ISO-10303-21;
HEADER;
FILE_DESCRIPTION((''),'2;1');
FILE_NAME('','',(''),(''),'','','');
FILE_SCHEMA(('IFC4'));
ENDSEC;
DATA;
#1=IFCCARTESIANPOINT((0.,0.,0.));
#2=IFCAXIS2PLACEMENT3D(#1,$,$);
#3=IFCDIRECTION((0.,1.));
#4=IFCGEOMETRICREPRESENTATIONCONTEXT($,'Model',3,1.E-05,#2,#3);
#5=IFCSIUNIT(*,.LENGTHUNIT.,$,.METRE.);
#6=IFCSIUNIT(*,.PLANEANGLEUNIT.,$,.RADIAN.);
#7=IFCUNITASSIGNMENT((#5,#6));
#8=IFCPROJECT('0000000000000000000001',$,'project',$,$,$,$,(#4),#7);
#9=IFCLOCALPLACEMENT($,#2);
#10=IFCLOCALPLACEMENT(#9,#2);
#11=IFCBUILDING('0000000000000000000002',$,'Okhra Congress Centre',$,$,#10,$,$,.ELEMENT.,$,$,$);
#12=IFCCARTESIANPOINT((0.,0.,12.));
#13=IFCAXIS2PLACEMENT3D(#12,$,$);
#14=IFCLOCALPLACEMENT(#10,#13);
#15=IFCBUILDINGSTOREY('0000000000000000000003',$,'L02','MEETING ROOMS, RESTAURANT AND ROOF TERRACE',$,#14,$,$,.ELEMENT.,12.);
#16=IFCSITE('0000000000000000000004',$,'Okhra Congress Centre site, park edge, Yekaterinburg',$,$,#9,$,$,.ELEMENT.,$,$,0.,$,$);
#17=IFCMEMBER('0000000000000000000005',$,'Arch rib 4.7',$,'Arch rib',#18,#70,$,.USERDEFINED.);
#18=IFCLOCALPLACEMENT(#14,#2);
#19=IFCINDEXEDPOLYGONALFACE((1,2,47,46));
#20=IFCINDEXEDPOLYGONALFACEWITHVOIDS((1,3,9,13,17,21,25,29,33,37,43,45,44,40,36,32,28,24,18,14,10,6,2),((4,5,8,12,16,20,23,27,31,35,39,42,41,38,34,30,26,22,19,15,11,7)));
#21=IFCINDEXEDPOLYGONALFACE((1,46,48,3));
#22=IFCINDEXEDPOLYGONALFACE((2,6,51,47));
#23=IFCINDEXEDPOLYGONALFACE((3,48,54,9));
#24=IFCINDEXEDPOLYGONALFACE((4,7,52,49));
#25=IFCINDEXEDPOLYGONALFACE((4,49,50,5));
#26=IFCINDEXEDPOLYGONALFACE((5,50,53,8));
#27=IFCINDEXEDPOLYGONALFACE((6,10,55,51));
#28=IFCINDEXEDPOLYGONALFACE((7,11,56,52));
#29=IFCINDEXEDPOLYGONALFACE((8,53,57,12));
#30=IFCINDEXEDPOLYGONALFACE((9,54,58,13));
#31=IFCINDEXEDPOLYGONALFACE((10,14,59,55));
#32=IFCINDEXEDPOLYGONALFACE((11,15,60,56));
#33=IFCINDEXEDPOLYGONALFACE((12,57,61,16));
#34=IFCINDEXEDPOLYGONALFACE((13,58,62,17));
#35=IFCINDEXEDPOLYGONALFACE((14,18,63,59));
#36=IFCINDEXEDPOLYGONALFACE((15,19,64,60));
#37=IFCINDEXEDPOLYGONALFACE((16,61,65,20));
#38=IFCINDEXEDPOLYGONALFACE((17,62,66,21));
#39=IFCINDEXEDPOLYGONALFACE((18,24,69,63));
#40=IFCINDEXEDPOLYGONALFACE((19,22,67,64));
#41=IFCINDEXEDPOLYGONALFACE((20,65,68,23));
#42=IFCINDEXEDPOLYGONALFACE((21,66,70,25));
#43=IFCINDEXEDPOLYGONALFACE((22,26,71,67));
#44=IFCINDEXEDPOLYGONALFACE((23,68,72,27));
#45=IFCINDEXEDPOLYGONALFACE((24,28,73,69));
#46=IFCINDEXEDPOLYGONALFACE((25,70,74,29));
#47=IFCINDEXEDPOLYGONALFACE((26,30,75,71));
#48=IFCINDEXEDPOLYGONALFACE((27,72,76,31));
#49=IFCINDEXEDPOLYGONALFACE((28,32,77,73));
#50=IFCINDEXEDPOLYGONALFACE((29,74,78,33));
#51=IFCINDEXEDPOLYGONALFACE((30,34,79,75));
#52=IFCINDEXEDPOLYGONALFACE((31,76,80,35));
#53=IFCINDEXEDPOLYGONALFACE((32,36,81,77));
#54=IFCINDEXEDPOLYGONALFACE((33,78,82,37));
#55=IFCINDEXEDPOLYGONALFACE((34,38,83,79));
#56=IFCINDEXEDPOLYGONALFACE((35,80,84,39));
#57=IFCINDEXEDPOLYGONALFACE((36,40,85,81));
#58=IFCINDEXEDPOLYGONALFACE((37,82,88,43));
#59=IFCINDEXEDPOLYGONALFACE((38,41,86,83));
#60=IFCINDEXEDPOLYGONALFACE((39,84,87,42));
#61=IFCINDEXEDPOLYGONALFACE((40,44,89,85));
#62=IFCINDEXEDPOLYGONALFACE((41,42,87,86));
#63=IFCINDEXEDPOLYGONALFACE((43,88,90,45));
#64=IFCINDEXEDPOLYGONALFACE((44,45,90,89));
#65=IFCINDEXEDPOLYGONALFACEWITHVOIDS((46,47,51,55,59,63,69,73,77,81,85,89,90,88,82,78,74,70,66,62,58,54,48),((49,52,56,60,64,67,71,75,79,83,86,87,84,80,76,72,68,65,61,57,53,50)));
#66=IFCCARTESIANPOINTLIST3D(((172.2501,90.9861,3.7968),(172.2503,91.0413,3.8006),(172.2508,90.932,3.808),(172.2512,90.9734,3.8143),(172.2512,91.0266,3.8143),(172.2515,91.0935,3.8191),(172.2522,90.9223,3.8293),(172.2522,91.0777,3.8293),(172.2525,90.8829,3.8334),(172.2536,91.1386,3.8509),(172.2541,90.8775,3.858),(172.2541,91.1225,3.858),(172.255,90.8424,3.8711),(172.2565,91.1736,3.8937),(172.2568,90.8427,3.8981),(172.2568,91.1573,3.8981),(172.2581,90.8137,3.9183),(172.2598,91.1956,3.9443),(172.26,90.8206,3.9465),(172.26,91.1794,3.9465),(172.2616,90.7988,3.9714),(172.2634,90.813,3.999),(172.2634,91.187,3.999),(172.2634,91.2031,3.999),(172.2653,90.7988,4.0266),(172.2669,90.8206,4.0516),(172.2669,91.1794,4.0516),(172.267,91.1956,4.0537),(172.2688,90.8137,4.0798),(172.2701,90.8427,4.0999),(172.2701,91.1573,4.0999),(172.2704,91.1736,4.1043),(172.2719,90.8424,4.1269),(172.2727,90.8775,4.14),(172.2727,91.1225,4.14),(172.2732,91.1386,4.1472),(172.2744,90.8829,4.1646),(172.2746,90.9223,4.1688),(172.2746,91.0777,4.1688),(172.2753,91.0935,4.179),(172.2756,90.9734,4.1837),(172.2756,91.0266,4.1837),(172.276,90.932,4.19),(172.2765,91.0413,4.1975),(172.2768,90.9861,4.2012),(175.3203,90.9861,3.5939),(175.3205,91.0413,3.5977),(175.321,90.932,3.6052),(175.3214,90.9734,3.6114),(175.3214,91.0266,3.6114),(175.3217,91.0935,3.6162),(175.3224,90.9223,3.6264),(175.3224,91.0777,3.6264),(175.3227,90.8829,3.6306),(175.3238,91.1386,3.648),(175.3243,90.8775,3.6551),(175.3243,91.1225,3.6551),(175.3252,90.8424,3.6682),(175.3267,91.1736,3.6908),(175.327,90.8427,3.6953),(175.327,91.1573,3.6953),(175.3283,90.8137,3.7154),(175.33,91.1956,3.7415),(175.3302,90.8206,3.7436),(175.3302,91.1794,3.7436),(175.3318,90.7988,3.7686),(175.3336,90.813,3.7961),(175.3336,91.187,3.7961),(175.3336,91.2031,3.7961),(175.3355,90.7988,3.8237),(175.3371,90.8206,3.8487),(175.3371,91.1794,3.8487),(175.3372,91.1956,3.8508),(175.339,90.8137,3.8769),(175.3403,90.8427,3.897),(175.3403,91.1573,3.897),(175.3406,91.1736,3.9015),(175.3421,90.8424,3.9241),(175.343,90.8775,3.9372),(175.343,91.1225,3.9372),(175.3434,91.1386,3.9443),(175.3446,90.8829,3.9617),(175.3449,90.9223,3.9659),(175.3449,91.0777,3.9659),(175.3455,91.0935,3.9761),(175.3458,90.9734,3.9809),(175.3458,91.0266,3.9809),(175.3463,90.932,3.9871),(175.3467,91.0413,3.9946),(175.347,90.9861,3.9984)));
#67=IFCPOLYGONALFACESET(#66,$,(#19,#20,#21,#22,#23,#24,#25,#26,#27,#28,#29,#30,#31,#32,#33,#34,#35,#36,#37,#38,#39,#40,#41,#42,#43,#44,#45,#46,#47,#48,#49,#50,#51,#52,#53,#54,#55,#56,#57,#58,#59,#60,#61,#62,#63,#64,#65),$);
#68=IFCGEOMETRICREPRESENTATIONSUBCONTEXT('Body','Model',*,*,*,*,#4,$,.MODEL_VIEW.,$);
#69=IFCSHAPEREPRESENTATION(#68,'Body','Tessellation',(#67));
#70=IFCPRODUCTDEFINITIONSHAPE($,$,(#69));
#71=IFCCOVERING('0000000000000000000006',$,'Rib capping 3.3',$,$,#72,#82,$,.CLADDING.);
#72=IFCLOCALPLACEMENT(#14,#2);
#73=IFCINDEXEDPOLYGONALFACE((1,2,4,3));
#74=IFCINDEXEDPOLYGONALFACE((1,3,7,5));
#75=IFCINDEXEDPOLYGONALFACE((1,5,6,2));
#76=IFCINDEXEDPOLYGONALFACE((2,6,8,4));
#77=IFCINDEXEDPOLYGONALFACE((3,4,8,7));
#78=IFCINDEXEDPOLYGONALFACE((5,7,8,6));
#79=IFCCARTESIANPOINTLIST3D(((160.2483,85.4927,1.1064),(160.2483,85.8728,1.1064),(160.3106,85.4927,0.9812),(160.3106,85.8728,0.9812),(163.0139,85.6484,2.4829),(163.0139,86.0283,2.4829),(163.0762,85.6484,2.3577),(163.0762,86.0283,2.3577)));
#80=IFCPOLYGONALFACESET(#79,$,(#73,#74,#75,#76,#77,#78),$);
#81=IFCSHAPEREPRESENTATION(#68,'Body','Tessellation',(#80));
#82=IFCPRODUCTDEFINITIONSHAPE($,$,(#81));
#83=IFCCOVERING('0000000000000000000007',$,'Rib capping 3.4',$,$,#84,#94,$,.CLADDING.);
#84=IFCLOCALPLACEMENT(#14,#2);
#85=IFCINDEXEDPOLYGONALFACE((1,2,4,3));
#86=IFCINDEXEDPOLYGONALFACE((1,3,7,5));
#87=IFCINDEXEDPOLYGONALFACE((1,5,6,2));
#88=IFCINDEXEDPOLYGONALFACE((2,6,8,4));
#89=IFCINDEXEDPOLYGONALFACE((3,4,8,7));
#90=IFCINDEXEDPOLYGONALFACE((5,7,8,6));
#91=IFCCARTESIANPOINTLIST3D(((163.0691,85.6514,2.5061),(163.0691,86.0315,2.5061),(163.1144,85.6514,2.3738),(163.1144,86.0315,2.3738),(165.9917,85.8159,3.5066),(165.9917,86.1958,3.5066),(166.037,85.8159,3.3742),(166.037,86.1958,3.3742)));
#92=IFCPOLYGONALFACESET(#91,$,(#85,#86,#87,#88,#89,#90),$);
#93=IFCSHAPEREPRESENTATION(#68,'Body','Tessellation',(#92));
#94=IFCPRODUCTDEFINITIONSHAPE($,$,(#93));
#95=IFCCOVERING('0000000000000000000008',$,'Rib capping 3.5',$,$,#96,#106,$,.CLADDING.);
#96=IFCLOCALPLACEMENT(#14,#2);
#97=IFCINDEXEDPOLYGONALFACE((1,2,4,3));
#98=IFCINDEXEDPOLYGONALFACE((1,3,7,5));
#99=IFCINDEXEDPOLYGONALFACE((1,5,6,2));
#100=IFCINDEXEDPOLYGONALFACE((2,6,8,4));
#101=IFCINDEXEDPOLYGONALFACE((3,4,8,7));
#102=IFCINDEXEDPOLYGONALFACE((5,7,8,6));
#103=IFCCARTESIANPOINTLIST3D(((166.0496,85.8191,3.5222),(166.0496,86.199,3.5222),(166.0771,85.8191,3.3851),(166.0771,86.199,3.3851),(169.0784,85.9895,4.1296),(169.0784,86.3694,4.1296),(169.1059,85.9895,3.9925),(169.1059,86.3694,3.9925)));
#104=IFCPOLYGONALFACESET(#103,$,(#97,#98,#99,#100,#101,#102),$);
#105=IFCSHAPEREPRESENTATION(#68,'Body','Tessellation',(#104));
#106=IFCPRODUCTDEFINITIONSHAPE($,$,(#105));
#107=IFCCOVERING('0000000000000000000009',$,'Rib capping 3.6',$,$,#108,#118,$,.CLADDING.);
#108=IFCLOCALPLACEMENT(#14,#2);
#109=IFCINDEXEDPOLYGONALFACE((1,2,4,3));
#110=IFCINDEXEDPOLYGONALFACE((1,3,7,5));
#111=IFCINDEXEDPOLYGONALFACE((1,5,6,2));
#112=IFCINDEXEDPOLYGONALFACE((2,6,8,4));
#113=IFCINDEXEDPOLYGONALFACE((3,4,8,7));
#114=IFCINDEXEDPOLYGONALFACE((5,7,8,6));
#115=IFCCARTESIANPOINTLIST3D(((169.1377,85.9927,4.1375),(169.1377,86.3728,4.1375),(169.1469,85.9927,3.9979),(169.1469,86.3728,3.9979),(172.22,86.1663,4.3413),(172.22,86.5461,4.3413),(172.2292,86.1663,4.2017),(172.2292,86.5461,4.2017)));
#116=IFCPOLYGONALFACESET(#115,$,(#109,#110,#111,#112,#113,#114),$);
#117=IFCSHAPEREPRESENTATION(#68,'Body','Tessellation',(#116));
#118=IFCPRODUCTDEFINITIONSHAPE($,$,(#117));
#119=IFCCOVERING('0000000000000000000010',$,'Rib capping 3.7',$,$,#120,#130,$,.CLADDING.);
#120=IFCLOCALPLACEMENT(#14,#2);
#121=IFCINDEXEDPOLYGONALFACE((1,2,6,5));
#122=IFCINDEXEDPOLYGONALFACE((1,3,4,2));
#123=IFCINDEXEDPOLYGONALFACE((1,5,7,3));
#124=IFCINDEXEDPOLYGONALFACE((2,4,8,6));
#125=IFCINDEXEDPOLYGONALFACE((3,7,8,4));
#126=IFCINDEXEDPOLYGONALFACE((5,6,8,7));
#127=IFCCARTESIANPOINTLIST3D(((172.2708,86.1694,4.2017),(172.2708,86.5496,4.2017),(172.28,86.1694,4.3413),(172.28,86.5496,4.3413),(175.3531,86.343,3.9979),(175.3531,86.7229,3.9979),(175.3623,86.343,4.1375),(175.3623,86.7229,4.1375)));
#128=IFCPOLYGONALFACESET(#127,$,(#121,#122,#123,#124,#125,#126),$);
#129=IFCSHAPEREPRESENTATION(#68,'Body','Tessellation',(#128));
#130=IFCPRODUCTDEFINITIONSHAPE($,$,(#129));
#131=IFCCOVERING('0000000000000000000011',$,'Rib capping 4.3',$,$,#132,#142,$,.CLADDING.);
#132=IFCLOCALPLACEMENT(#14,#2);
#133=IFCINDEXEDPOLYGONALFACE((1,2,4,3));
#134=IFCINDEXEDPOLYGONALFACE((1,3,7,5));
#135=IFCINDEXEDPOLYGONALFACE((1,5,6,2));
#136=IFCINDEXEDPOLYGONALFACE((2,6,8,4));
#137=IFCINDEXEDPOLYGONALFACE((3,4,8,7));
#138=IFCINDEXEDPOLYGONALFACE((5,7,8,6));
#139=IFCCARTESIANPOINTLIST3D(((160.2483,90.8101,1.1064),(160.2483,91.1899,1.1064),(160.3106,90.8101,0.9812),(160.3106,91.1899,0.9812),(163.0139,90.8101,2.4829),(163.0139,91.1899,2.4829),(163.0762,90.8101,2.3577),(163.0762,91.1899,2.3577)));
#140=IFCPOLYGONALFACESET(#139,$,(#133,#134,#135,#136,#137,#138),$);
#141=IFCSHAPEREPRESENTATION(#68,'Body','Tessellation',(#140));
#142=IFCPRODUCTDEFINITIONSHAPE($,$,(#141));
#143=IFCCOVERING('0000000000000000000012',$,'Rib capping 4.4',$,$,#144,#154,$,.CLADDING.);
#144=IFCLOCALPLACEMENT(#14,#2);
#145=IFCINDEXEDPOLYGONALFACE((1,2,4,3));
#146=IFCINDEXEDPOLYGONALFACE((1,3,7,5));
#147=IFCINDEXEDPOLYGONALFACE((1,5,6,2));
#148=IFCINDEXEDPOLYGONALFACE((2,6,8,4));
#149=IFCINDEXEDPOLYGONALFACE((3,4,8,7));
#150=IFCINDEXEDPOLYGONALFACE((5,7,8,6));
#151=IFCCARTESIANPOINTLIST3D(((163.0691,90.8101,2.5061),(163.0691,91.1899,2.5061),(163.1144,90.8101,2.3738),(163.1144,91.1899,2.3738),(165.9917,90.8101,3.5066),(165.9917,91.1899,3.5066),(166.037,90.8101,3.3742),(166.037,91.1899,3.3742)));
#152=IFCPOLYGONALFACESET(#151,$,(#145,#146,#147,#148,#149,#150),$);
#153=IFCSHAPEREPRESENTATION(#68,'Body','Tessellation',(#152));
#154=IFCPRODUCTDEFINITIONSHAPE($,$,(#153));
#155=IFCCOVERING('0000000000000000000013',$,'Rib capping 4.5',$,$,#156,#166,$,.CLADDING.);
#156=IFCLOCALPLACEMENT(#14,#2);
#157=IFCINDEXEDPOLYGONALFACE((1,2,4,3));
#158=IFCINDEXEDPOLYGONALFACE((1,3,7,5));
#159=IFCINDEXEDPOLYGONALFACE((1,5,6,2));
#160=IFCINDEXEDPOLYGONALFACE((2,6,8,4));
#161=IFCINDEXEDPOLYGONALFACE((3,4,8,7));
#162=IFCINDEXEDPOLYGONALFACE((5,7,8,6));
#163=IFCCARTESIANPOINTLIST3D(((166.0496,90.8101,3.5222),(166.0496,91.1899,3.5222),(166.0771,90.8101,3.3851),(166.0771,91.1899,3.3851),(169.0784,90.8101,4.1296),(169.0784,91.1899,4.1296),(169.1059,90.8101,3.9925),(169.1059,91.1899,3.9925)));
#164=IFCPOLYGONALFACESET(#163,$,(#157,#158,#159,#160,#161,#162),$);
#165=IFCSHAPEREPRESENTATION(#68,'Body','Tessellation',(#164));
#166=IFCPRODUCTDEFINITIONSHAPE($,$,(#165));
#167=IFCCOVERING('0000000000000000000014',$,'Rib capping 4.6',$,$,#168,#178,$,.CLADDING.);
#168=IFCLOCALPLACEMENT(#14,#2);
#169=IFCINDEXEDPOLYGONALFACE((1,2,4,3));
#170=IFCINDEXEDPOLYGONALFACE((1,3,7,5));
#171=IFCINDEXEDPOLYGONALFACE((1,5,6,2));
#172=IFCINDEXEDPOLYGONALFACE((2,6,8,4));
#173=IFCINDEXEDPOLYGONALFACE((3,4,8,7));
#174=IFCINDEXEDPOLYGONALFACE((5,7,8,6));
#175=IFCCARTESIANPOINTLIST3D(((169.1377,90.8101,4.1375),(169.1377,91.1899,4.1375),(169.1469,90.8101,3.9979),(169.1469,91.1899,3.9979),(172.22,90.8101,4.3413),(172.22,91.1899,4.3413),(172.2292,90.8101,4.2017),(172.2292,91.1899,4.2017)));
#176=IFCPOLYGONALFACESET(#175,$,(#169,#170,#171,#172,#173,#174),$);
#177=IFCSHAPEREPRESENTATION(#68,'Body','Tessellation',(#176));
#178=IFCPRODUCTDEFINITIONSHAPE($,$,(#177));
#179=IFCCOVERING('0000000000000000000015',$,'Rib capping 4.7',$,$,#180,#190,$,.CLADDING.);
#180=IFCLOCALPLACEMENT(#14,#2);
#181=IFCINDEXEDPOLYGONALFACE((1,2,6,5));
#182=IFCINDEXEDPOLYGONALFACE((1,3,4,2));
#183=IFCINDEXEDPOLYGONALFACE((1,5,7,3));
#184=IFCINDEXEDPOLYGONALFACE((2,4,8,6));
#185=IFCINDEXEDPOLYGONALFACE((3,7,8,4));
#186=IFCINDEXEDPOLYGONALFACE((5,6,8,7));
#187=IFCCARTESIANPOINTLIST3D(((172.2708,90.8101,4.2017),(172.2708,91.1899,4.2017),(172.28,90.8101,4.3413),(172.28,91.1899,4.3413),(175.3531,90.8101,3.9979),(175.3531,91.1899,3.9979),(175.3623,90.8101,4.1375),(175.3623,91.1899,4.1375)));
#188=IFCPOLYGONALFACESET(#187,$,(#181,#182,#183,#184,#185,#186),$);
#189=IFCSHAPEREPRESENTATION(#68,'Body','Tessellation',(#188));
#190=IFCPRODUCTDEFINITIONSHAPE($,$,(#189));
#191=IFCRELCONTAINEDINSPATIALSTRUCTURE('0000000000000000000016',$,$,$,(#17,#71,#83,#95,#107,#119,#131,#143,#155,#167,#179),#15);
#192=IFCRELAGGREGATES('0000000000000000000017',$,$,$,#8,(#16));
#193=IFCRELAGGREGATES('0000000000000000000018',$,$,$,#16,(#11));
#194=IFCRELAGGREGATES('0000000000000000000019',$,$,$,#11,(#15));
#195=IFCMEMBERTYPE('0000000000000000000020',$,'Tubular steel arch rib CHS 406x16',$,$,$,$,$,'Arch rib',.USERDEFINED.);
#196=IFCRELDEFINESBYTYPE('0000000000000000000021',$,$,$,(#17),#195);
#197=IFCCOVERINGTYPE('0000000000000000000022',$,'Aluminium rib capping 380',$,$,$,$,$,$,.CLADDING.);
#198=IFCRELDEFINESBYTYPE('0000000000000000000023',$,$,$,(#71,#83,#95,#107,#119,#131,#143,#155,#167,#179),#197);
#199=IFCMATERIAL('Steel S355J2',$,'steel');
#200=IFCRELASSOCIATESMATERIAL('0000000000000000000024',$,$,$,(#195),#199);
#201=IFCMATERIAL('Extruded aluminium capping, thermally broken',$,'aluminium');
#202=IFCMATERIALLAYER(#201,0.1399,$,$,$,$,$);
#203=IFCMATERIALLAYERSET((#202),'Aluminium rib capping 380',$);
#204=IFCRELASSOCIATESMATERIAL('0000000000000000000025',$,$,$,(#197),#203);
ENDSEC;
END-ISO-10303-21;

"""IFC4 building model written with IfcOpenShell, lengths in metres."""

from ifc_helpers import new_model, si_unit, direction, frame, origin, origin_2d, place, context, subcontext, project, spatial, polyline, hollow_circle, outline, extrude, material, layer, layer_set, material_profile, profile_set, type_object, element, save


model = new_model("IFC4")

# Units and contexts
model_context = context("Model", 3, precision=1e-05, world=origin(), true_north=direction((0.0, 1.0)))
body_context = subcontext(model_context, "Body", "Model", "MODEL_VIEW")
ifc_project = project(units=[si_unit("LENGTHUNIT", "METRE"), si_unit("PLANEANGLEUNIT", "RADIAN")], contexts=[model_context])

# Site, building, storey
site_placement = place(None, origin())
site = spatial("IfcSite", under=ifc_project, at=site_placement, Name="Okhra Congress Centre site, park edge, Yekaterinburg", CompositionType="ELEMENT", RefElevation=0.0)
building_placement = place(site_placement, origin())
building = spatial("IfcBuilding", under=site, at=building_placement, Name="Okhra Congress Centre", CompositionType="ELEMENT")
storey_placement = place(building_placement, frame((0.0, 0.0, 12.0)))
storey = spatial("IfcBuildingStorey", under=building, at=storey_placement, Name="L02", Description="MEETING ROOMS, RESTAURANT AND ROOF TERRACE", CompositionType="ELEMENT", Elevation=12.0)

# Member
ifc_material_1 = material(Name="Steel S355J2", Category="steel")
ifc_material_profile_1 = material_profile(ifc_material_1, hollow_circle(Radius=0.2031, WallThickness=0.0161, at=origin_2d()), Name="CHS 406.4x16")
ifc_profile_set_1 = profile_set([ifc_material_profile_1], Name="Steel S355J2")
member_type_1 = type_object("IfcMemberType", Name="Tubular steel arch rib CHS 406x16", ElementType="Arch rib", PredefinedType="USERDEFINED", material=ifc_profile_set_1)
for number, where, z_axis, x_axis, name in (
    (1, (172.2634, 91.0, 3.999), (0.997824, 0.0, -0.065934), (0.0, 1.0, 0.0), "Arch rib 4.7"),
):
    element("IfcMember", number, at=place(storey_placement, frame(where, z_axis=z_axis, x_axis=x_axis)), inside=storey, type_object=member_type_1, Name=name, ObjectType="Arch rib", PredefinedType="USERDEFINED", context=body_context, shape_type="SweptSolid", body=[
        extrude(hollow_circle(Radius=0.2031, WallThickness=0.0161, at=origin_2d()), origin(), (0.0, 0.0, 1.0), 3.0769),
    ])

# Coverings
ifc_material_2 = material(Name="Extruded aluminium capping, thermally broken", Category="aluminium")
ifc_layer = layer(ifc_material_2, 0.1399)
ifc_layer_set = layer_set([ifc_layer], Name="Aluminium rib capping 380")
covering_type = type_object("IfcCoveringType", Name="Aluminium rib capping 380", PredefinedType="CLADDING", material=ifc_layer_set)
covering_1_placement = place(storey_placement, frame((160.2483, 85.4927, 1.1064), z_axis=(-0.445569, 0.0, 0.895248), x_axis=(0.894112, 0.050357, 0.445004)))
element("IfcCovering", 2, at=covering_1_placement, inside=storey, type_object=covering_type, Name="Rib capping 3.3", PredefinedType="CLADDING", context=body_context, shape_type="SweptSolid", body=[
    extrude(outline(polyline([(0.0, 0.0), (3.0932, 0.0), (3.1123, 0.3794), (0.0191, 0.3796), (0.0, 0.0)])), origin(), (0.0, 0.0, -1.0), 0.1399),
])
covering_2_placement = place(storey_placement, frame((163.0691, 85.6514, 2.5061), z_axis=(-0.323876, 0.0, 0.9461), x_axis=(0.94476, 0.053193, 0.323417)))
element("IfcCovering", 3, at=covering_2_placement, inside=storey, type_object=covering_type, Name="Rib capping 3.4", PredefinedType="CLADDING", context=body_context, shape_type="SweptSolid", body=[
    extrude(outline(polyline([(0.0, 0.0), (3.0935, 0.0), (3.1137, 0.3793), (0.0202, 0.3796), (0.0, 0.0)])), origin(), (0.0, 0.0, -1.0), 0.1399),
])
covering_3_placement = place(storey_placement, frame((166.0496, 85.8191, 3.5222), z_axis=(-0.196633, 0.0, 0.980477), x_axis=(0.978989, 0.055081, 0.196334)))
element("IfcCovering", 4, at=covering_3_placement, inside=storey, type_object=covering_type, Name="Rib capping 3.5", PredefinedType="CLADDING", context=body_context, shape_type="SweptSolid", body=[
    extrude(outline(polyline([(0.0, 0.0), (3.0938, 0.0), (3.1147, 0.3793), (0.0209, 0.3793), (0.0, 0.0)])), origin(), (0.0, 0.0, -1.0), 0.1399),
])
for number, where, z_axis, x_axis, name in (
    (5, (169.1377, 85.9927, 4.1375), (-0.065994, 0.0, 0.99782), (0.996248, 0.056106, 0.06589), "Rib capping 3.6"),
    (6, (172.28, 86.1694, 4.3413), (0.065994, 0.0, 0.99782), (0.996248, 0.056106, -0.06589), "Rib capping 3.7"),
):
    element("IfcCovering", number, at=place(storey_placement, frame(where, z_axis=z_axis, x_axis=x_axis)), inside=storey, type_object=covering_type, Name=name, PredefinedType="CLADDING", context=body_context, shape_type="SweptSolid", body=[
        extrude(outline(polyline([(0.0, 0.0), (3.0939, 0.0), (3.1152, 0.3793), (0.0213, 0.3795), (0.0, 0.0)])), origin(), (0.0, 0.0, -1.0), 0.1399),
    ])
covering_4_placement = place(storey_placement, frame((160.2483, 90.8101, 1.1064), z_axis=(-0.445569, 0.0, 0.895248), x_axis=(0.895248, 0.0, 0.445569)))
element("IfcCovering", 7, at=covering_4_placement, inside=storey, type_object=covering_type, Name="Rib capping 4.3", PredefinedType="CLADDING", context=body_context, shape_type="SweptSolid", body=[
    extrude(outline(polyline([(0.0, 0.0), (3.0892, 0.0), (3.0892, 0.3799), (0.0, 0.3799), (0.0, 0.0)])), origin(), (0.0, 0.0, -1.0), 0.1399),
])
covering_5_placement = place(storey_placement, frame((163.0691, 90.8101, 2.5061), z_axis=(-0.323876, 0.0, 0.9461), x_axis=(0.9461, 0.0, 0.323876)))
element("IfcCovering", 8, at=covering_5_placement, inside=storey, type_object=covering_type, Name="Rib capping 4.4", PredefinedType="CLADDING", context=body_context, shape_type="SweptSolid", body=[
    extrude(outline(polyline([(0.0, 0.0), (3.0891, 0.0), (3.0891, 0.3799), (0.0, 0.3799), (0.0, 0.0)])), origin(), (0.0, 0.0, -1.0), 0.1399),
])
covering_6_placement = place(storey_placement, frame((166.0496, 90.8101, 3.5222), z_axis=(-0.196633, 0.0, 0.980477), x_axis=(0.980477, 0.0, 0.196633)))
element("IfcCovering", 9, at=covering_6_placement, inside=storey, type_object=covering_type, Name="Rib capping 4.5", PredefinedType="CLADDING", context=body_context, shape_type="SweptSolid", body=[
    extrude(outline(polyline([(0.0, 0.0), (3.0891, 0.0), (3.0891, 0.3799), (0.0, 0.3799), (0.0, 0.0)])), origin(), (0.0, 0.0, -1.0), 0.1399),
])
for number, where, z_axis, x_axis, name in (
    (10, (169.1377, 90.8101, 4.1375), (-0.065994, 0.0, 0.99782), (0.99782, 0.0, 0.065994), "Rib capping 4.6"),
    (11, (172.28, 90.8101, 4.3413), (0.065994, 0.0, 0.99782), (0.99782, 0.0, -0.065994), "Rib capping 4.7"),
):
    element("IfcCovering", number, at=place(storey_placement, frame(where, z_axis=z_axis, x_axis=x_axis)), inside=storey, type_object=covering_type, Name=name, PredefinedType="CLADDING", context=body_context, shape_type="SweptSolid", body=[
        extrude(outline(polyline([(0.0, 0.0), (3.089, 0.0), (3.089, 0.3799), (0.0, 0.3799), (0.0, 0.0)])), origin(), (0.0, 0.0, -1.0), 0.1399),
    ])

save(model, "model.ifc")
